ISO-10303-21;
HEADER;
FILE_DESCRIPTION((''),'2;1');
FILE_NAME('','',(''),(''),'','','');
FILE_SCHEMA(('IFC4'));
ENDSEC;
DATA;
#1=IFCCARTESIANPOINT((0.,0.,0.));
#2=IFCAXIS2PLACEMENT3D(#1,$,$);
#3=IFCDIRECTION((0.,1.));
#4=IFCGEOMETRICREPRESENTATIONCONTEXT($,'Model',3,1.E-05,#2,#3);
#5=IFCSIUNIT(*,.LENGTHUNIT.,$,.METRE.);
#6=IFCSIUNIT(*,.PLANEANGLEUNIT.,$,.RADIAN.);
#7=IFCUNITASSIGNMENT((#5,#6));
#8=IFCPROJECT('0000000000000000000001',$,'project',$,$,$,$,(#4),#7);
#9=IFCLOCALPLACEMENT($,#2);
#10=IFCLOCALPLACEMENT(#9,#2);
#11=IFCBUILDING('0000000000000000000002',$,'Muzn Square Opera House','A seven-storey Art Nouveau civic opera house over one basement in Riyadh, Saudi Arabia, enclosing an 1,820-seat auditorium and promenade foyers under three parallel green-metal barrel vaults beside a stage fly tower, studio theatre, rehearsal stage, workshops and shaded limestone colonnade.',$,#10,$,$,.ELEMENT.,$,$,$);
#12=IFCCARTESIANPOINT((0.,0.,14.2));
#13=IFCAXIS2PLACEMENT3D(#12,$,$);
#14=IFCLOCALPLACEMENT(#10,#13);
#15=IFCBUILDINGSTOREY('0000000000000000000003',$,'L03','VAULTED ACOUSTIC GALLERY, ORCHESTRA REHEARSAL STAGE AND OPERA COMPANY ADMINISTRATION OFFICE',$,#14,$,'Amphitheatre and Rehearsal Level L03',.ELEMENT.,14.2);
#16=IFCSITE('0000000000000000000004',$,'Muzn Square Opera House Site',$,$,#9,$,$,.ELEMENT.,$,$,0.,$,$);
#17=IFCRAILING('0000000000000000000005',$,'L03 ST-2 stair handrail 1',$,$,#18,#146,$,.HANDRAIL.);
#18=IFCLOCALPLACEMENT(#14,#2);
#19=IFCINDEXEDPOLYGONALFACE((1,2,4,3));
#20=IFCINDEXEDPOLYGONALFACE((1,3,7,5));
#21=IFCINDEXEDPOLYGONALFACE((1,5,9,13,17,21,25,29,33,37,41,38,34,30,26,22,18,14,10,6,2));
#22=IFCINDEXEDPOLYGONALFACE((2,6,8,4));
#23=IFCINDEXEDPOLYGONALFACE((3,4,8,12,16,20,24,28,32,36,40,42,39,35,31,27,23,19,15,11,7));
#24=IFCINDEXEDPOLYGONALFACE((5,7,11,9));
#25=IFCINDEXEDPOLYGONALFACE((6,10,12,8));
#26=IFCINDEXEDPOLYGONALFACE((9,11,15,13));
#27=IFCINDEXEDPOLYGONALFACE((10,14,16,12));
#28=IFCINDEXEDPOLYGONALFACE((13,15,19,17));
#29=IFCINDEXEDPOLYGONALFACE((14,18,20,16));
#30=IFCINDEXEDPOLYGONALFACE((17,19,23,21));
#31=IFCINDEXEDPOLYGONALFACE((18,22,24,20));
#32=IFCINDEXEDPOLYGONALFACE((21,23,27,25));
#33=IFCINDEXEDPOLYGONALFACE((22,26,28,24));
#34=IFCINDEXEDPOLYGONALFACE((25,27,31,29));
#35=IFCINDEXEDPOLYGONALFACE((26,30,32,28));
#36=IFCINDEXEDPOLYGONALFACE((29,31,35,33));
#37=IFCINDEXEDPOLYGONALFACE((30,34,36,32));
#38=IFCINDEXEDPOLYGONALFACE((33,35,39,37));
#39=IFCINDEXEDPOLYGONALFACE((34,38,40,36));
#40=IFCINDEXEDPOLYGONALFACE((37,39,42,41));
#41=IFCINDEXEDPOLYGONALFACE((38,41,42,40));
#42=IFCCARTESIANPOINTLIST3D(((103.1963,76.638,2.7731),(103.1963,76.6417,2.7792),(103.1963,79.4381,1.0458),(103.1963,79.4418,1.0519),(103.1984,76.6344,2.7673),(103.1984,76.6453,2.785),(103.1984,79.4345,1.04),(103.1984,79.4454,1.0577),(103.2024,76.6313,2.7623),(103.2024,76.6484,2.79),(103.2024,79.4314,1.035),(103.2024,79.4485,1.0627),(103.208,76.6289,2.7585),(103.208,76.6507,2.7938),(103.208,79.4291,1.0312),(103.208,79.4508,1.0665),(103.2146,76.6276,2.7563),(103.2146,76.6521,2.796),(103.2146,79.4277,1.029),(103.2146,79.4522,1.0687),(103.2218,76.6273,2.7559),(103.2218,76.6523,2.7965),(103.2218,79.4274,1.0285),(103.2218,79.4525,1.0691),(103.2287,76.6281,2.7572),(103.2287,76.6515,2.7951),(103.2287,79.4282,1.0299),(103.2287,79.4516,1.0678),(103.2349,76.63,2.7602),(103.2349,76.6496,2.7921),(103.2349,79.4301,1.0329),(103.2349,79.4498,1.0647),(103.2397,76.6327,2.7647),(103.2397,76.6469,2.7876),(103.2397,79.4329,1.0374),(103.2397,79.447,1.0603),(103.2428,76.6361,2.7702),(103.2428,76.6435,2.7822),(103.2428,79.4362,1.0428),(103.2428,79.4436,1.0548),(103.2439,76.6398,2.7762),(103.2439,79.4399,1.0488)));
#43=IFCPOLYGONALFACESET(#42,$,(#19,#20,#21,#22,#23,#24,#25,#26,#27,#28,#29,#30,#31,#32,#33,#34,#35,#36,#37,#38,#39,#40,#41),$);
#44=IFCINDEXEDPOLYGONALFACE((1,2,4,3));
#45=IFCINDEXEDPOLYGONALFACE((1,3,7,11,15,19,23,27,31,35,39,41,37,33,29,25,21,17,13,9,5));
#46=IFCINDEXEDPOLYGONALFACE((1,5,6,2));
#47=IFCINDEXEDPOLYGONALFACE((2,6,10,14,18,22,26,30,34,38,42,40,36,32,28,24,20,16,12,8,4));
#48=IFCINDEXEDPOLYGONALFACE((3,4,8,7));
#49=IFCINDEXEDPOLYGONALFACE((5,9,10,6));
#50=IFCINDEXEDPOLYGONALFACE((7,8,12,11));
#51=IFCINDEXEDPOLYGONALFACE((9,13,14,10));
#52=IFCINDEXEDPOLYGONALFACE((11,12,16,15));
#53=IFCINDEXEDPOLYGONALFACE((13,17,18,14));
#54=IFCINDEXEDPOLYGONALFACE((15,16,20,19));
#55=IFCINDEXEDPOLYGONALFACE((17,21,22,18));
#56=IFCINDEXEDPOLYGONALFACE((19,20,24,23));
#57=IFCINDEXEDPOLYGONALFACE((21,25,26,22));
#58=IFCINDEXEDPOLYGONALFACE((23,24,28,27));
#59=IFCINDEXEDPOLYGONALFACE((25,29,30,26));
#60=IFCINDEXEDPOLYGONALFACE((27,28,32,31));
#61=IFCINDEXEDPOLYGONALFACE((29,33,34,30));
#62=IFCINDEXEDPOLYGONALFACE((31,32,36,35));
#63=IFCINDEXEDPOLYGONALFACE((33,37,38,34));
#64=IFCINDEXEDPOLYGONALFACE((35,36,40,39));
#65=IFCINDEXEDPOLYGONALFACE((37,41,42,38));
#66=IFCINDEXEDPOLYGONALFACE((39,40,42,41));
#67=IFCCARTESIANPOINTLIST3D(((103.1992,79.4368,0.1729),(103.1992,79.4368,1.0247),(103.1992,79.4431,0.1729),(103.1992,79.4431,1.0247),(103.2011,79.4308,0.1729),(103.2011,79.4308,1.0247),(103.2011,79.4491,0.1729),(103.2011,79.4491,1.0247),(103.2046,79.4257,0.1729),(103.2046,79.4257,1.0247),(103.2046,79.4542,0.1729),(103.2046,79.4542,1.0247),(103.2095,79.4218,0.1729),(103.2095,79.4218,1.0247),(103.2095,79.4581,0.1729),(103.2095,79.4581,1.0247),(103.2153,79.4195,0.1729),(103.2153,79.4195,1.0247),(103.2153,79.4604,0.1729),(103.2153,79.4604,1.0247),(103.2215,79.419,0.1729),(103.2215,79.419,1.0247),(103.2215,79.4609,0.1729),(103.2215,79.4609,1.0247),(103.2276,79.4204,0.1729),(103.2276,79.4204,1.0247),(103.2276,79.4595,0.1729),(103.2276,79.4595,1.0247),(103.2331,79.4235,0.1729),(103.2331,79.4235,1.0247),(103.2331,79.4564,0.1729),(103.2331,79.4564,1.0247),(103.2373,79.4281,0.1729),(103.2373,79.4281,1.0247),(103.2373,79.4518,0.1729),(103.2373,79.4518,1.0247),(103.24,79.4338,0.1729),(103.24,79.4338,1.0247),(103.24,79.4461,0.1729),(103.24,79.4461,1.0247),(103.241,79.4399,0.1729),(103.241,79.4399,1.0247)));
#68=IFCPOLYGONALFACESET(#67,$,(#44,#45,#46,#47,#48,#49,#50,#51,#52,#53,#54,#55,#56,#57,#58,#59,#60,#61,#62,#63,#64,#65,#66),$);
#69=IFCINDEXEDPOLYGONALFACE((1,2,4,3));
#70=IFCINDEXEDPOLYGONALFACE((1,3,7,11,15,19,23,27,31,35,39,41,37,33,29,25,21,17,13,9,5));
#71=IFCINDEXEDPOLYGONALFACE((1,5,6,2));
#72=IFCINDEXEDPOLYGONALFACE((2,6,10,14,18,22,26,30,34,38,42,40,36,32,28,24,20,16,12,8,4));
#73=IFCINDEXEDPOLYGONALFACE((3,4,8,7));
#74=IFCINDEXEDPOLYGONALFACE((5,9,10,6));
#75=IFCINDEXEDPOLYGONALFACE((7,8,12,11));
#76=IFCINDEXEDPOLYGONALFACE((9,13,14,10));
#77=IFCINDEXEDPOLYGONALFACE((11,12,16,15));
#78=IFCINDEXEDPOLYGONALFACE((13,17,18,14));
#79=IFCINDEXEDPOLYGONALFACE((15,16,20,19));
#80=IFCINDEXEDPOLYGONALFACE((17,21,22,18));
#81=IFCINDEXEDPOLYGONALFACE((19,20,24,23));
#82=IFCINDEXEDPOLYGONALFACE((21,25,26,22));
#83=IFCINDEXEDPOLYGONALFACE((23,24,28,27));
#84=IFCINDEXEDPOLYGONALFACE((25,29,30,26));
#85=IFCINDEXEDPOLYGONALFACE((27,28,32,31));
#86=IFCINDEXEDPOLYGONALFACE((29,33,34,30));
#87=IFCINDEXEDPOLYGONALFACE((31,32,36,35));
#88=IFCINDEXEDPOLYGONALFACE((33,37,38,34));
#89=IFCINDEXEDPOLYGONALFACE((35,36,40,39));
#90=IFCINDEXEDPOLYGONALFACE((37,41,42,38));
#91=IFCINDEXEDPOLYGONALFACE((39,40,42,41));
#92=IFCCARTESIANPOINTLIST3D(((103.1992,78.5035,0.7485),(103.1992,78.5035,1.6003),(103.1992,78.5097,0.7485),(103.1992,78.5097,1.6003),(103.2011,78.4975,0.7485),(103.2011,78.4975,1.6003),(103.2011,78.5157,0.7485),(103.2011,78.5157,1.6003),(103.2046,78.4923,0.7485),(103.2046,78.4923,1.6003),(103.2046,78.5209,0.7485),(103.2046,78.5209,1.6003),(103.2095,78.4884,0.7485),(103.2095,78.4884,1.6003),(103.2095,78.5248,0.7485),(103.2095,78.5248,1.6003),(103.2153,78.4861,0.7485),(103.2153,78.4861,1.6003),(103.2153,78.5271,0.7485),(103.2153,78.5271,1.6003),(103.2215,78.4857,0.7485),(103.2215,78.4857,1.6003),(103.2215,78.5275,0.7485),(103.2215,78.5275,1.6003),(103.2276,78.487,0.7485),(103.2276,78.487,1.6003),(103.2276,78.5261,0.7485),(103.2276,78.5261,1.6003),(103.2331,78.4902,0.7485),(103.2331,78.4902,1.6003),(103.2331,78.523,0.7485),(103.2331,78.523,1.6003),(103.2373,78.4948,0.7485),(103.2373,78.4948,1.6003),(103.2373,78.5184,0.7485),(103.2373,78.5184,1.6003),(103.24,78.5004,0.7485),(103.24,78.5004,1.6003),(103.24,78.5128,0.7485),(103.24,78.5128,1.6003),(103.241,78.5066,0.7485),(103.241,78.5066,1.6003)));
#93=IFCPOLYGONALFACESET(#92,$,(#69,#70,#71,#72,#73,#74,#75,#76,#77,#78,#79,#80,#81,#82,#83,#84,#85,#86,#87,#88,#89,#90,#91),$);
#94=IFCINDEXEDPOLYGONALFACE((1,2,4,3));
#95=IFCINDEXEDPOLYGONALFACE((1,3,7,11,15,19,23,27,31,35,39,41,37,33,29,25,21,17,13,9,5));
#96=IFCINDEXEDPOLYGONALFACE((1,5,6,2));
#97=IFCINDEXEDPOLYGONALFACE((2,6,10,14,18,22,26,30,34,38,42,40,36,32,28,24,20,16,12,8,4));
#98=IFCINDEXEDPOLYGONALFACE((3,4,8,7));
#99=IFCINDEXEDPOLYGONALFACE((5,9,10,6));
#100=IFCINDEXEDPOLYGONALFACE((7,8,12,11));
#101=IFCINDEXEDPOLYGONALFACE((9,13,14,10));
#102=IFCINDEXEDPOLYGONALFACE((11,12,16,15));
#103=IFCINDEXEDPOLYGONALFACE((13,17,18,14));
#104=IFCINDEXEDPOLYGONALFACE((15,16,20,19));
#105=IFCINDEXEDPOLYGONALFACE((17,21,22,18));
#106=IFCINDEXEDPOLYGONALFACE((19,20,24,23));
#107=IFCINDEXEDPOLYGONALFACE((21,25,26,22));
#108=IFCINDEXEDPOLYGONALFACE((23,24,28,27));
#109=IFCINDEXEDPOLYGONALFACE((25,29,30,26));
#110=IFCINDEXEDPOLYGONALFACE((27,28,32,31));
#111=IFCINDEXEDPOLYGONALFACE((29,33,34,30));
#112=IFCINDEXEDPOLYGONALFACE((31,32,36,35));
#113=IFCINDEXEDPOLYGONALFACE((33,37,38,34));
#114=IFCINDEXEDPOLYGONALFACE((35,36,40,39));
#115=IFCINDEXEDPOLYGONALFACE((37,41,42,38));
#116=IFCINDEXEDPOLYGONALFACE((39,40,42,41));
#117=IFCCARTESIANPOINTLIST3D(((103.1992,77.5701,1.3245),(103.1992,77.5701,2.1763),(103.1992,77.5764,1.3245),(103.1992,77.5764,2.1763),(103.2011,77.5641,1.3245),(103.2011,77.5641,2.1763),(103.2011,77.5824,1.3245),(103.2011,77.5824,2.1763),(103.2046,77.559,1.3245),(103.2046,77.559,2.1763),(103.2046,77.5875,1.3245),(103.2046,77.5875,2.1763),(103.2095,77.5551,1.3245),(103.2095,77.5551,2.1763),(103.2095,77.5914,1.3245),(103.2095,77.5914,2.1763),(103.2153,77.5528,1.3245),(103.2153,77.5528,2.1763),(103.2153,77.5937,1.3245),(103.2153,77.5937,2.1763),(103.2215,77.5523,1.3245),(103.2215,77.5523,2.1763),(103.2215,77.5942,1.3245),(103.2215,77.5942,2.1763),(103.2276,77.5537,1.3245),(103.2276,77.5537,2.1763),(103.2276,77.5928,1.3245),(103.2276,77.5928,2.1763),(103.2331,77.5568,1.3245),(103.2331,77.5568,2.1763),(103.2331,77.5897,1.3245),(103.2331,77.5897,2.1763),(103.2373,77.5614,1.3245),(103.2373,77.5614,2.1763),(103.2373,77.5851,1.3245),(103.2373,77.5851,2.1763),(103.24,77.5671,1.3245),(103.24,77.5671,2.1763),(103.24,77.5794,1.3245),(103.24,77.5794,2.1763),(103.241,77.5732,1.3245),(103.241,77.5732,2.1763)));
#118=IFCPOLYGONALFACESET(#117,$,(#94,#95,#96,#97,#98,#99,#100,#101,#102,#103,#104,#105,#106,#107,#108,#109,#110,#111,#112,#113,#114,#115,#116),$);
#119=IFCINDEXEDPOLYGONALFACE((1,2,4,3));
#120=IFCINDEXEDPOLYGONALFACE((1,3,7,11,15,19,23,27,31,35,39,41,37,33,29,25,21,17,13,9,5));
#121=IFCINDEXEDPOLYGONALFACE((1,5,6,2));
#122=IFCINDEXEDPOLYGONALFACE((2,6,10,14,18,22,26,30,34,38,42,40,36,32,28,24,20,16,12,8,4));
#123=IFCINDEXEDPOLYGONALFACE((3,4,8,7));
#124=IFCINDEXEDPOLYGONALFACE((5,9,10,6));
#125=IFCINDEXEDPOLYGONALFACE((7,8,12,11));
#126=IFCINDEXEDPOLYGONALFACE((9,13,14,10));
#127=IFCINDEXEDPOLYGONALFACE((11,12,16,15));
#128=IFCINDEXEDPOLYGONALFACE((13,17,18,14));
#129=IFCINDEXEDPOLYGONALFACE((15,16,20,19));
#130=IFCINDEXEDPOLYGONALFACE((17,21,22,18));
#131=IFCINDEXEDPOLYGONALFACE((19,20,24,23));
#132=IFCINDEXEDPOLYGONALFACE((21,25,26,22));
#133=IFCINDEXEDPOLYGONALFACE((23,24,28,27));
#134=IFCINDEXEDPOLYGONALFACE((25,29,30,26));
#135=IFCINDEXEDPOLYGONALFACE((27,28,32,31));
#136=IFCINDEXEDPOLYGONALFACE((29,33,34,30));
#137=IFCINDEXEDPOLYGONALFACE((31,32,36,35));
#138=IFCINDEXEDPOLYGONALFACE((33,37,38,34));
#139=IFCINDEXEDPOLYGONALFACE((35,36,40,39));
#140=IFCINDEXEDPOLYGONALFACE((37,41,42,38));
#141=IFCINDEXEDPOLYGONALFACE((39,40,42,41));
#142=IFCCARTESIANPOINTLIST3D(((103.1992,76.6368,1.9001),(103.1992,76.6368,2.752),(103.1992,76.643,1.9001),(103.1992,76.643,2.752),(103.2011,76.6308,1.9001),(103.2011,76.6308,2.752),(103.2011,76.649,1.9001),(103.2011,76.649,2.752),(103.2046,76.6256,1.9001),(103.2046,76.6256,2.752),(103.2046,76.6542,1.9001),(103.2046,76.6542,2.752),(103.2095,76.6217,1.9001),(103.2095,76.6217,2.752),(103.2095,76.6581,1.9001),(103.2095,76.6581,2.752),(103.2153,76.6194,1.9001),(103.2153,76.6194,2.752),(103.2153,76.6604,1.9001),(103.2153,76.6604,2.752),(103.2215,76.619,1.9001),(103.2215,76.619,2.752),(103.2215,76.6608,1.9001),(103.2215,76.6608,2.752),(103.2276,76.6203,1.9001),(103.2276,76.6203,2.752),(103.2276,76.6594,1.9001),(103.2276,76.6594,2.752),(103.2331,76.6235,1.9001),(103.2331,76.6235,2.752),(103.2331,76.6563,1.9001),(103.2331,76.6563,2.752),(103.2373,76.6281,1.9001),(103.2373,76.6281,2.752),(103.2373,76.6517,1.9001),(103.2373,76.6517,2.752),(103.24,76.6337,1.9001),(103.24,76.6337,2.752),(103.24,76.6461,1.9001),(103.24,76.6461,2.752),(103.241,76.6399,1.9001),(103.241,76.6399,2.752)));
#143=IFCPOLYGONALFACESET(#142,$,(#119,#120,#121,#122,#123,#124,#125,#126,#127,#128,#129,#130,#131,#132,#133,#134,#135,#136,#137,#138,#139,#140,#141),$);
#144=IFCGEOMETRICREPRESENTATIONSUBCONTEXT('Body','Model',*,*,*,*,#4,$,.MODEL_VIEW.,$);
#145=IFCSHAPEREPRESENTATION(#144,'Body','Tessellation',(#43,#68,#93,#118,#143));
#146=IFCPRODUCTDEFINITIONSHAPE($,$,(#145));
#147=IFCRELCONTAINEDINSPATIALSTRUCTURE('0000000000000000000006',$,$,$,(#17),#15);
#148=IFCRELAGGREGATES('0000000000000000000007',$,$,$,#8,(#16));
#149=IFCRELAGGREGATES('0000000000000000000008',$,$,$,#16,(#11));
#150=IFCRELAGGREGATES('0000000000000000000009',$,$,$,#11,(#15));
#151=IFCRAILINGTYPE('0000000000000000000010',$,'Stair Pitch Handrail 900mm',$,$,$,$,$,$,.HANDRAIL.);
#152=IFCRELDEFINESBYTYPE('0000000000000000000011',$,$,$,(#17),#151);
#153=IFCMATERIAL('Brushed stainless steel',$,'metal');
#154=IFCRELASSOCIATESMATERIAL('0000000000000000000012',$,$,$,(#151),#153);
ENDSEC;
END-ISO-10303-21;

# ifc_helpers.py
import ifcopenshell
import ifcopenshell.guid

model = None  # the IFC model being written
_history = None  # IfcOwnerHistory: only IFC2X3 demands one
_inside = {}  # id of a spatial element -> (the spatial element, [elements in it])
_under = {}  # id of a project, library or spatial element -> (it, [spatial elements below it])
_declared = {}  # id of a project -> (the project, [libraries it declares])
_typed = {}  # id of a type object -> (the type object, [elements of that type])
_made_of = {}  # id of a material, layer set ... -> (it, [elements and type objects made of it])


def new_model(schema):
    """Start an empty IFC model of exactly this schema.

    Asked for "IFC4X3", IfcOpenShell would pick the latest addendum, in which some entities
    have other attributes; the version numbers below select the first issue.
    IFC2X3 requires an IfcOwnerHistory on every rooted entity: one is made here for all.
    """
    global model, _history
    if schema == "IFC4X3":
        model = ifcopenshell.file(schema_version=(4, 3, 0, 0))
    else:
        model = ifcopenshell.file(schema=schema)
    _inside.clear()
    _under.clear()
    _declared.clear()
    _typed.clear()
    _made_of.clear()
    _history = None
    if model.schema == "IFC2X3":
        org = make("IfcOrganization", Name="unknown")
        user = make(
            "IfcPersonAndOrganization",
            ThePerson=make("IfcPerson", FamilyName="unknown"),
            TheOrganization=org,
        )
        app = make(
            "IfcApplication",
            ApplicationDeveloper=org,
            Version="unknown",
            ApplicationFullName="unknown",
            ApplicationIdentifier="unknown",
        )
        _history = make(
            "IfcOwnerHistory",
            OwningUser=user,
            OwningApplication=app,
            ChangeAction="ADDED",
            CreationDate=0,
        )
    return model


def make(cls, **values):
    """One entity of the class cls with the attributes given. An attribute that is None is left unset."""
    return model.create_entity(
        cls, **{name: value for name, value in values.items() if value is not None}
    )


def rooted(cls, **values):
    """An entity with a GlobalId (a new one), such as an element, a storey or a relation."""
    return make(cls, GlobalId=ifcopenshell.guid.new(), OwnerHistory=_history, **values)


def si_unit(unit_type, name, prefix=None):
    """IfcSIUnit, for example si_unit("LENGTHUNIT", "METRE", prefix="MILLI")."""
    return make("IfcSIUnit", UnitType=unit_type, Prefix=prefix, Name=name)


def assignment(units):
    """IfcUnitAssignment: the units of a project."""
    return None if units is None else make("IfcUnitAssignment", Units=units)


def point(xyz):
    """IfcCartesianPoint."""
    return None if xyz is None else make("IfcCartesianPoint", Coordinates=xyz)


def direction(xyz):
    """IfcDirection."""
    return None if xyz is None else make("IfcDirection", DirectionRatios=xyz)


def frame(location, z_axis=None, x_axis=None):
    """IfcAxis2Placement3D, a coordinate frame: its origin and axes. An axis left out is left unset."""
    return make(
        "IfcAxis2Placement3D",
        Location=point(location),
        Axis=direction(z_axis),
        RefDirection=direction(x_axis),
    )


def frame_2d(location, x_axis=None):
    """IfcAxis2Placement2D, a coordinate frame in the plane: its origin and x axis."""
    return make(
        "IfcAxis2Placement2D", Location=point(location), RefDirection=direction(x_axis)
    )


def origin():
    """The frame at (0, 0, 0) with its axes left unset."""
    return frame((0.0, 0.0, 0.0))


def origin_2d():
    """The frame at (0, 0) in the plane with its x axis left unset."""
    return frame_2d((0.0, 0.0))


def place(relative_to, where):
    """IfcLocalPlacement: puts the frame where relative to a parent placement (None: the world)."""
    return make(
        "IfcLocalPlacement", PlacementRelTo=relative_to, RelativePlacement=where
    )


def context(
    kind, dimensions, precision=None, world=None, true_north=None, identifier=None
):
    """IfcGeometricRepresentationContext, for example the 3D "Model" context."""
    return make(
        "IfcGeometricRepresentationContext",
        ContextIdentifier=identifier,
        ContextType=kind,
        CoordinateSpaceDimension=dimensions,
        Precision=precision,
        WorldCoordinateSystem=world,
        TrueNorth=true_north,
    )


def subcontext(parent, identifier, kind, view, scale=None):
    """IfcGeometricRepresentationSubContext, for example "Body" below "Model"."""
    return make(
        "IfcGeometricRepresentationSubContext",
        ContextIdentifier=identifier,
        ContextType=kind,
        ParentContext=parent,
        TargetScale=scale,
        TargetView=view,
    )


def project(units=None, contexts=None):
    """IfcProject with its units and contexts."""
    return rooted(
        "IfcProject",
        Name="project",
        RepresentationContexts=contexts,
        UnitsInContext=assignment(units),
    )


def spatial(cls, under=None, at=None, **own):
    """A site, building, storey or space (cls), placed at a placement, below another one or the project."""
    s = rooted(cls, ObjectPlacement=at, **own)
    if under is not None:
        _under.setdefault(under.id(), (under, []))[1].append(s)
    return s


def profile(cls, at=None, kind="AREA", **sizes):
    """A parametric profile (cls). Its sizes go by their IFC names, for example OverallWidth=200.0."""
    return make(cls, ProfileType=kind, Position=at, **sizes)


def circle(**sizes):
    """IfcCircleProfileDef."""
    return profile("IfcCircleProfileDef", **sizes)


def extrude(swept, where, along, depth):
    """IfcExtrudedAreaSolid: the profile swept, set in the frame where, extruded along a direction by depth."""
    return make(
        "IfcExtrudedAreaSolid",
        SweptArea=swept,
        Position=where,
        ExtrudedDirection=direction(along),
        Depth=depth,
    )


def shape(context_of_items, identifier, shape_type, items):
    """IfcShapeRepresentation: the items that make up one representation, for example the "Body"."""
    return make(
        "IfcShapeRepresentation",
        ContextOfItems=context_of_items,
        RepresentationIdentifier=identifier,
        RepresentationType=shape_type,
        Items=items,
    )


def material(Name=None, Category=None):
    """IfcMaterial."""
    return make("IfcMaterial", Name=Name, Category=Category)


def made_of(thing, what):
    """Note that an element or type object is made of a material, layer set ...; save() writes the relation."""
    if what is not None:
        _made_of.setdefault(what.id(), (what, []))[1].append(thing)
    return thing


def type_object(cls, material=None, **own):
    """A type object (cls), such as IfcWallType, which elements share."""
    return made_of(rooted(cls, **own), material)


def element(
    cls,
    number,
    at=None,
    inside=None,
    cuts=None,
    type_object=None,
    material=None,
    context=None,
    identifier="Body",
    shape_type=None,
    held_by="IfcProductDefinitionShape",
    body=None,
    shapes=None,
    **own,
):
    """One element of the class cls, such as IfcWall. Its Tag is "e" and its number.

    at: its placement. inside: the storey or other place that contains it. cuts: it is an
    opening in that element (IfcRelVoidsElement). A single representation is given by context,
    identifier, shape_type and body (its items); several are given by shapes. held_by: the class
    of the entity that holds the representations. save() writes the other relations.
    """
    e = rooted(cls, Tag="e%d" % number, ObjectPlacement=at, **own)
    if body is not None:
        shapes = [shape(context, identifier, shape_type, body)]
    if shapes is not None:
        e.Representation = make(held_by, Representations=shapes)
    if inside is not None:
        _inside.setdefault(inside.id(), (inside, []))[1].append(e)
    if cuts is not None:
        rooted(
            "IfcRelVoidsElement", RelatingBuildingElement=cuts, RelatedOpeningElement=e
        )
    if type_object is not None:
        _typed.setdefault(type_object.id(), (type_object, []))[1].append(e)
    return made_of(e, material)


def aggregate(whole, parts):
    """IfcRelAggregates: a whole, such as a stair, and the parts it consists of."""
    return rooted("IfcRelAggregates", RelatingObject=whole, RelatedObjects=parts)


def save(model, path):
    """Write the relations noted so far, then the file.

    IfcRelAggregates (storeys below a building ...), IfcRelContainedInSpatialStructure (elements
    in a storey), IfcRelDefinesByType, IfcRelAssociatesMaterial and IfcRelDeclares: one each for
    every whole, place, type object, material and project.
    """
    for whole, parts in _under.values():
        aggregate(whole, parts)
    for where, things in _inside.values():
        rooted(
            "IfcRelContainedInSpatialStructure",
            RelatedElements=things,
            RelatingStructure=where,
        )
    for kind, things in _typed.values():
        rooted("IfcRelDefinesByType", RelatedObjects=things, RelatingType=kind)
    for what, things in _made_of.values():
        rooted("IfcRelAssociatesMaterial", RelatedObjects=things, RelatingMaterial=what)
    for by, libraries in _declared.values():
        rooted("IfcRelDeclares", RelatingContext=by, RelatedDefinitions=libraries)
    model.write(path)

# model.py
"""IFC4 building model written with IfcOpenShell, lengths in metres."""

from ifc_helpers import new_model, si_unit, direction, frame, origin, origin_2d, place, context, subcontext, project, spatial, circle, extrude, material, type_object, element, save


model = new_model("IFC4")

# Units and contexts
model_context = context("Model", 3, precision=1e-05, world=origin(), true_north=direction((0.0, 1.0)))
body_context = subcontext(model_context, "Body", "Model", "MODEL_VIEW")
ifc_project = project(units=[si_unit("LENGTHUNIT", "METRE"), si_unit("PLANEANGLEUNIT", "RADIAN")], contexts=[model_context])

# Site, building, storey
site_placement = place(None, origin())
site = spatial("IfcSite", under=ifc_project, at=site_placement, Name="Muzn Square Opera House Site", CompositionType="ELEMENT", RefElevation=0.0)
building_placement = place(site_placement, origin())
building = spatial("IfcBuilding", under=site, at=building_placement, Name="Muzn Square Opera House", Description="A seven-storey Art Nouveau civic opera house over one basement in Riyadh, Saudi Arabia, enclosing an 1,820-seat auditorium and promenade foyers under three parallel green-metal barrel vaults beside a stage fly tower, studio theatre, rehearsal stage, workshops and shaded limestone colonnade.", CompositionType="ELEMENT")
storey_placement = place(building_placement, frame((0.0, 0.0, 14.2)))
storey = spatial("IfcBuildingStorey", under=building, at=storey_placement, Name="L03", Description="VAULTED ACOUSTIC GALLERY, ORCHESTRA REHEARSAL STAGE AND OPERA COMPANY ADMINISTRATION OFFICE", LongName="Amphitheatre and Rehearsal Level L03", CompositionType="ELEMENT", Elevation=14.2)

# Shared definitions
ifc_material_1 = material(Name="Brushed stainless steel", Category="metal")

# Railing
railing_type_1 = type_object("IfcRailingType", Name="Stair Pitch Handrail 900mm", PredefinedType="HANDRAIL", material=ifc_material_1)
railing_1_placement = place(storey_placement, frame((103.22, 79.4399, 0.1729)))
element("IfcRailing", 1, at=railing_1_placement, inside=storey, type_object=railing_type_1, Name="L03 ST-2 stair handrail 1", PredefinedType="HANDRAIL", context=body_context, shape_type="SweptSolid", body=[
    extrude(circle(Radius=0.0239, at=origin_2d()), frame((0.0, 0.0, 0.876), z_axis=(0.0, -0.85109, 0.52502), x_axis=(1.0, 0.0, 0.0)), (0.0, 0.0, 1.0), 3.29),
    extrude(circle(Radius=0.021, at=origin_2d()), origin(), (0.0, 0.0, 1.0), 0.8518),
    extrude(circle(Radius=0.021, at=origin_2d()), frame((0.0, -0.9333, 0.5757)), (0.0, 0.0, 1.0), 0.8518),
    extrude(circle(Radius=0.021, at=origin_2d()), frame((0.0, -1.8667, 1.1516)), (0.0, 0.0, 1.0), 0.8518),
    extrude(circle(Radius=0.021, at=origin_2d()), frame((0.0, -2.8, 1.7273)), (0.0, 0.0, 1.0), 0.8518),
])

save(model, "model.ifc")
